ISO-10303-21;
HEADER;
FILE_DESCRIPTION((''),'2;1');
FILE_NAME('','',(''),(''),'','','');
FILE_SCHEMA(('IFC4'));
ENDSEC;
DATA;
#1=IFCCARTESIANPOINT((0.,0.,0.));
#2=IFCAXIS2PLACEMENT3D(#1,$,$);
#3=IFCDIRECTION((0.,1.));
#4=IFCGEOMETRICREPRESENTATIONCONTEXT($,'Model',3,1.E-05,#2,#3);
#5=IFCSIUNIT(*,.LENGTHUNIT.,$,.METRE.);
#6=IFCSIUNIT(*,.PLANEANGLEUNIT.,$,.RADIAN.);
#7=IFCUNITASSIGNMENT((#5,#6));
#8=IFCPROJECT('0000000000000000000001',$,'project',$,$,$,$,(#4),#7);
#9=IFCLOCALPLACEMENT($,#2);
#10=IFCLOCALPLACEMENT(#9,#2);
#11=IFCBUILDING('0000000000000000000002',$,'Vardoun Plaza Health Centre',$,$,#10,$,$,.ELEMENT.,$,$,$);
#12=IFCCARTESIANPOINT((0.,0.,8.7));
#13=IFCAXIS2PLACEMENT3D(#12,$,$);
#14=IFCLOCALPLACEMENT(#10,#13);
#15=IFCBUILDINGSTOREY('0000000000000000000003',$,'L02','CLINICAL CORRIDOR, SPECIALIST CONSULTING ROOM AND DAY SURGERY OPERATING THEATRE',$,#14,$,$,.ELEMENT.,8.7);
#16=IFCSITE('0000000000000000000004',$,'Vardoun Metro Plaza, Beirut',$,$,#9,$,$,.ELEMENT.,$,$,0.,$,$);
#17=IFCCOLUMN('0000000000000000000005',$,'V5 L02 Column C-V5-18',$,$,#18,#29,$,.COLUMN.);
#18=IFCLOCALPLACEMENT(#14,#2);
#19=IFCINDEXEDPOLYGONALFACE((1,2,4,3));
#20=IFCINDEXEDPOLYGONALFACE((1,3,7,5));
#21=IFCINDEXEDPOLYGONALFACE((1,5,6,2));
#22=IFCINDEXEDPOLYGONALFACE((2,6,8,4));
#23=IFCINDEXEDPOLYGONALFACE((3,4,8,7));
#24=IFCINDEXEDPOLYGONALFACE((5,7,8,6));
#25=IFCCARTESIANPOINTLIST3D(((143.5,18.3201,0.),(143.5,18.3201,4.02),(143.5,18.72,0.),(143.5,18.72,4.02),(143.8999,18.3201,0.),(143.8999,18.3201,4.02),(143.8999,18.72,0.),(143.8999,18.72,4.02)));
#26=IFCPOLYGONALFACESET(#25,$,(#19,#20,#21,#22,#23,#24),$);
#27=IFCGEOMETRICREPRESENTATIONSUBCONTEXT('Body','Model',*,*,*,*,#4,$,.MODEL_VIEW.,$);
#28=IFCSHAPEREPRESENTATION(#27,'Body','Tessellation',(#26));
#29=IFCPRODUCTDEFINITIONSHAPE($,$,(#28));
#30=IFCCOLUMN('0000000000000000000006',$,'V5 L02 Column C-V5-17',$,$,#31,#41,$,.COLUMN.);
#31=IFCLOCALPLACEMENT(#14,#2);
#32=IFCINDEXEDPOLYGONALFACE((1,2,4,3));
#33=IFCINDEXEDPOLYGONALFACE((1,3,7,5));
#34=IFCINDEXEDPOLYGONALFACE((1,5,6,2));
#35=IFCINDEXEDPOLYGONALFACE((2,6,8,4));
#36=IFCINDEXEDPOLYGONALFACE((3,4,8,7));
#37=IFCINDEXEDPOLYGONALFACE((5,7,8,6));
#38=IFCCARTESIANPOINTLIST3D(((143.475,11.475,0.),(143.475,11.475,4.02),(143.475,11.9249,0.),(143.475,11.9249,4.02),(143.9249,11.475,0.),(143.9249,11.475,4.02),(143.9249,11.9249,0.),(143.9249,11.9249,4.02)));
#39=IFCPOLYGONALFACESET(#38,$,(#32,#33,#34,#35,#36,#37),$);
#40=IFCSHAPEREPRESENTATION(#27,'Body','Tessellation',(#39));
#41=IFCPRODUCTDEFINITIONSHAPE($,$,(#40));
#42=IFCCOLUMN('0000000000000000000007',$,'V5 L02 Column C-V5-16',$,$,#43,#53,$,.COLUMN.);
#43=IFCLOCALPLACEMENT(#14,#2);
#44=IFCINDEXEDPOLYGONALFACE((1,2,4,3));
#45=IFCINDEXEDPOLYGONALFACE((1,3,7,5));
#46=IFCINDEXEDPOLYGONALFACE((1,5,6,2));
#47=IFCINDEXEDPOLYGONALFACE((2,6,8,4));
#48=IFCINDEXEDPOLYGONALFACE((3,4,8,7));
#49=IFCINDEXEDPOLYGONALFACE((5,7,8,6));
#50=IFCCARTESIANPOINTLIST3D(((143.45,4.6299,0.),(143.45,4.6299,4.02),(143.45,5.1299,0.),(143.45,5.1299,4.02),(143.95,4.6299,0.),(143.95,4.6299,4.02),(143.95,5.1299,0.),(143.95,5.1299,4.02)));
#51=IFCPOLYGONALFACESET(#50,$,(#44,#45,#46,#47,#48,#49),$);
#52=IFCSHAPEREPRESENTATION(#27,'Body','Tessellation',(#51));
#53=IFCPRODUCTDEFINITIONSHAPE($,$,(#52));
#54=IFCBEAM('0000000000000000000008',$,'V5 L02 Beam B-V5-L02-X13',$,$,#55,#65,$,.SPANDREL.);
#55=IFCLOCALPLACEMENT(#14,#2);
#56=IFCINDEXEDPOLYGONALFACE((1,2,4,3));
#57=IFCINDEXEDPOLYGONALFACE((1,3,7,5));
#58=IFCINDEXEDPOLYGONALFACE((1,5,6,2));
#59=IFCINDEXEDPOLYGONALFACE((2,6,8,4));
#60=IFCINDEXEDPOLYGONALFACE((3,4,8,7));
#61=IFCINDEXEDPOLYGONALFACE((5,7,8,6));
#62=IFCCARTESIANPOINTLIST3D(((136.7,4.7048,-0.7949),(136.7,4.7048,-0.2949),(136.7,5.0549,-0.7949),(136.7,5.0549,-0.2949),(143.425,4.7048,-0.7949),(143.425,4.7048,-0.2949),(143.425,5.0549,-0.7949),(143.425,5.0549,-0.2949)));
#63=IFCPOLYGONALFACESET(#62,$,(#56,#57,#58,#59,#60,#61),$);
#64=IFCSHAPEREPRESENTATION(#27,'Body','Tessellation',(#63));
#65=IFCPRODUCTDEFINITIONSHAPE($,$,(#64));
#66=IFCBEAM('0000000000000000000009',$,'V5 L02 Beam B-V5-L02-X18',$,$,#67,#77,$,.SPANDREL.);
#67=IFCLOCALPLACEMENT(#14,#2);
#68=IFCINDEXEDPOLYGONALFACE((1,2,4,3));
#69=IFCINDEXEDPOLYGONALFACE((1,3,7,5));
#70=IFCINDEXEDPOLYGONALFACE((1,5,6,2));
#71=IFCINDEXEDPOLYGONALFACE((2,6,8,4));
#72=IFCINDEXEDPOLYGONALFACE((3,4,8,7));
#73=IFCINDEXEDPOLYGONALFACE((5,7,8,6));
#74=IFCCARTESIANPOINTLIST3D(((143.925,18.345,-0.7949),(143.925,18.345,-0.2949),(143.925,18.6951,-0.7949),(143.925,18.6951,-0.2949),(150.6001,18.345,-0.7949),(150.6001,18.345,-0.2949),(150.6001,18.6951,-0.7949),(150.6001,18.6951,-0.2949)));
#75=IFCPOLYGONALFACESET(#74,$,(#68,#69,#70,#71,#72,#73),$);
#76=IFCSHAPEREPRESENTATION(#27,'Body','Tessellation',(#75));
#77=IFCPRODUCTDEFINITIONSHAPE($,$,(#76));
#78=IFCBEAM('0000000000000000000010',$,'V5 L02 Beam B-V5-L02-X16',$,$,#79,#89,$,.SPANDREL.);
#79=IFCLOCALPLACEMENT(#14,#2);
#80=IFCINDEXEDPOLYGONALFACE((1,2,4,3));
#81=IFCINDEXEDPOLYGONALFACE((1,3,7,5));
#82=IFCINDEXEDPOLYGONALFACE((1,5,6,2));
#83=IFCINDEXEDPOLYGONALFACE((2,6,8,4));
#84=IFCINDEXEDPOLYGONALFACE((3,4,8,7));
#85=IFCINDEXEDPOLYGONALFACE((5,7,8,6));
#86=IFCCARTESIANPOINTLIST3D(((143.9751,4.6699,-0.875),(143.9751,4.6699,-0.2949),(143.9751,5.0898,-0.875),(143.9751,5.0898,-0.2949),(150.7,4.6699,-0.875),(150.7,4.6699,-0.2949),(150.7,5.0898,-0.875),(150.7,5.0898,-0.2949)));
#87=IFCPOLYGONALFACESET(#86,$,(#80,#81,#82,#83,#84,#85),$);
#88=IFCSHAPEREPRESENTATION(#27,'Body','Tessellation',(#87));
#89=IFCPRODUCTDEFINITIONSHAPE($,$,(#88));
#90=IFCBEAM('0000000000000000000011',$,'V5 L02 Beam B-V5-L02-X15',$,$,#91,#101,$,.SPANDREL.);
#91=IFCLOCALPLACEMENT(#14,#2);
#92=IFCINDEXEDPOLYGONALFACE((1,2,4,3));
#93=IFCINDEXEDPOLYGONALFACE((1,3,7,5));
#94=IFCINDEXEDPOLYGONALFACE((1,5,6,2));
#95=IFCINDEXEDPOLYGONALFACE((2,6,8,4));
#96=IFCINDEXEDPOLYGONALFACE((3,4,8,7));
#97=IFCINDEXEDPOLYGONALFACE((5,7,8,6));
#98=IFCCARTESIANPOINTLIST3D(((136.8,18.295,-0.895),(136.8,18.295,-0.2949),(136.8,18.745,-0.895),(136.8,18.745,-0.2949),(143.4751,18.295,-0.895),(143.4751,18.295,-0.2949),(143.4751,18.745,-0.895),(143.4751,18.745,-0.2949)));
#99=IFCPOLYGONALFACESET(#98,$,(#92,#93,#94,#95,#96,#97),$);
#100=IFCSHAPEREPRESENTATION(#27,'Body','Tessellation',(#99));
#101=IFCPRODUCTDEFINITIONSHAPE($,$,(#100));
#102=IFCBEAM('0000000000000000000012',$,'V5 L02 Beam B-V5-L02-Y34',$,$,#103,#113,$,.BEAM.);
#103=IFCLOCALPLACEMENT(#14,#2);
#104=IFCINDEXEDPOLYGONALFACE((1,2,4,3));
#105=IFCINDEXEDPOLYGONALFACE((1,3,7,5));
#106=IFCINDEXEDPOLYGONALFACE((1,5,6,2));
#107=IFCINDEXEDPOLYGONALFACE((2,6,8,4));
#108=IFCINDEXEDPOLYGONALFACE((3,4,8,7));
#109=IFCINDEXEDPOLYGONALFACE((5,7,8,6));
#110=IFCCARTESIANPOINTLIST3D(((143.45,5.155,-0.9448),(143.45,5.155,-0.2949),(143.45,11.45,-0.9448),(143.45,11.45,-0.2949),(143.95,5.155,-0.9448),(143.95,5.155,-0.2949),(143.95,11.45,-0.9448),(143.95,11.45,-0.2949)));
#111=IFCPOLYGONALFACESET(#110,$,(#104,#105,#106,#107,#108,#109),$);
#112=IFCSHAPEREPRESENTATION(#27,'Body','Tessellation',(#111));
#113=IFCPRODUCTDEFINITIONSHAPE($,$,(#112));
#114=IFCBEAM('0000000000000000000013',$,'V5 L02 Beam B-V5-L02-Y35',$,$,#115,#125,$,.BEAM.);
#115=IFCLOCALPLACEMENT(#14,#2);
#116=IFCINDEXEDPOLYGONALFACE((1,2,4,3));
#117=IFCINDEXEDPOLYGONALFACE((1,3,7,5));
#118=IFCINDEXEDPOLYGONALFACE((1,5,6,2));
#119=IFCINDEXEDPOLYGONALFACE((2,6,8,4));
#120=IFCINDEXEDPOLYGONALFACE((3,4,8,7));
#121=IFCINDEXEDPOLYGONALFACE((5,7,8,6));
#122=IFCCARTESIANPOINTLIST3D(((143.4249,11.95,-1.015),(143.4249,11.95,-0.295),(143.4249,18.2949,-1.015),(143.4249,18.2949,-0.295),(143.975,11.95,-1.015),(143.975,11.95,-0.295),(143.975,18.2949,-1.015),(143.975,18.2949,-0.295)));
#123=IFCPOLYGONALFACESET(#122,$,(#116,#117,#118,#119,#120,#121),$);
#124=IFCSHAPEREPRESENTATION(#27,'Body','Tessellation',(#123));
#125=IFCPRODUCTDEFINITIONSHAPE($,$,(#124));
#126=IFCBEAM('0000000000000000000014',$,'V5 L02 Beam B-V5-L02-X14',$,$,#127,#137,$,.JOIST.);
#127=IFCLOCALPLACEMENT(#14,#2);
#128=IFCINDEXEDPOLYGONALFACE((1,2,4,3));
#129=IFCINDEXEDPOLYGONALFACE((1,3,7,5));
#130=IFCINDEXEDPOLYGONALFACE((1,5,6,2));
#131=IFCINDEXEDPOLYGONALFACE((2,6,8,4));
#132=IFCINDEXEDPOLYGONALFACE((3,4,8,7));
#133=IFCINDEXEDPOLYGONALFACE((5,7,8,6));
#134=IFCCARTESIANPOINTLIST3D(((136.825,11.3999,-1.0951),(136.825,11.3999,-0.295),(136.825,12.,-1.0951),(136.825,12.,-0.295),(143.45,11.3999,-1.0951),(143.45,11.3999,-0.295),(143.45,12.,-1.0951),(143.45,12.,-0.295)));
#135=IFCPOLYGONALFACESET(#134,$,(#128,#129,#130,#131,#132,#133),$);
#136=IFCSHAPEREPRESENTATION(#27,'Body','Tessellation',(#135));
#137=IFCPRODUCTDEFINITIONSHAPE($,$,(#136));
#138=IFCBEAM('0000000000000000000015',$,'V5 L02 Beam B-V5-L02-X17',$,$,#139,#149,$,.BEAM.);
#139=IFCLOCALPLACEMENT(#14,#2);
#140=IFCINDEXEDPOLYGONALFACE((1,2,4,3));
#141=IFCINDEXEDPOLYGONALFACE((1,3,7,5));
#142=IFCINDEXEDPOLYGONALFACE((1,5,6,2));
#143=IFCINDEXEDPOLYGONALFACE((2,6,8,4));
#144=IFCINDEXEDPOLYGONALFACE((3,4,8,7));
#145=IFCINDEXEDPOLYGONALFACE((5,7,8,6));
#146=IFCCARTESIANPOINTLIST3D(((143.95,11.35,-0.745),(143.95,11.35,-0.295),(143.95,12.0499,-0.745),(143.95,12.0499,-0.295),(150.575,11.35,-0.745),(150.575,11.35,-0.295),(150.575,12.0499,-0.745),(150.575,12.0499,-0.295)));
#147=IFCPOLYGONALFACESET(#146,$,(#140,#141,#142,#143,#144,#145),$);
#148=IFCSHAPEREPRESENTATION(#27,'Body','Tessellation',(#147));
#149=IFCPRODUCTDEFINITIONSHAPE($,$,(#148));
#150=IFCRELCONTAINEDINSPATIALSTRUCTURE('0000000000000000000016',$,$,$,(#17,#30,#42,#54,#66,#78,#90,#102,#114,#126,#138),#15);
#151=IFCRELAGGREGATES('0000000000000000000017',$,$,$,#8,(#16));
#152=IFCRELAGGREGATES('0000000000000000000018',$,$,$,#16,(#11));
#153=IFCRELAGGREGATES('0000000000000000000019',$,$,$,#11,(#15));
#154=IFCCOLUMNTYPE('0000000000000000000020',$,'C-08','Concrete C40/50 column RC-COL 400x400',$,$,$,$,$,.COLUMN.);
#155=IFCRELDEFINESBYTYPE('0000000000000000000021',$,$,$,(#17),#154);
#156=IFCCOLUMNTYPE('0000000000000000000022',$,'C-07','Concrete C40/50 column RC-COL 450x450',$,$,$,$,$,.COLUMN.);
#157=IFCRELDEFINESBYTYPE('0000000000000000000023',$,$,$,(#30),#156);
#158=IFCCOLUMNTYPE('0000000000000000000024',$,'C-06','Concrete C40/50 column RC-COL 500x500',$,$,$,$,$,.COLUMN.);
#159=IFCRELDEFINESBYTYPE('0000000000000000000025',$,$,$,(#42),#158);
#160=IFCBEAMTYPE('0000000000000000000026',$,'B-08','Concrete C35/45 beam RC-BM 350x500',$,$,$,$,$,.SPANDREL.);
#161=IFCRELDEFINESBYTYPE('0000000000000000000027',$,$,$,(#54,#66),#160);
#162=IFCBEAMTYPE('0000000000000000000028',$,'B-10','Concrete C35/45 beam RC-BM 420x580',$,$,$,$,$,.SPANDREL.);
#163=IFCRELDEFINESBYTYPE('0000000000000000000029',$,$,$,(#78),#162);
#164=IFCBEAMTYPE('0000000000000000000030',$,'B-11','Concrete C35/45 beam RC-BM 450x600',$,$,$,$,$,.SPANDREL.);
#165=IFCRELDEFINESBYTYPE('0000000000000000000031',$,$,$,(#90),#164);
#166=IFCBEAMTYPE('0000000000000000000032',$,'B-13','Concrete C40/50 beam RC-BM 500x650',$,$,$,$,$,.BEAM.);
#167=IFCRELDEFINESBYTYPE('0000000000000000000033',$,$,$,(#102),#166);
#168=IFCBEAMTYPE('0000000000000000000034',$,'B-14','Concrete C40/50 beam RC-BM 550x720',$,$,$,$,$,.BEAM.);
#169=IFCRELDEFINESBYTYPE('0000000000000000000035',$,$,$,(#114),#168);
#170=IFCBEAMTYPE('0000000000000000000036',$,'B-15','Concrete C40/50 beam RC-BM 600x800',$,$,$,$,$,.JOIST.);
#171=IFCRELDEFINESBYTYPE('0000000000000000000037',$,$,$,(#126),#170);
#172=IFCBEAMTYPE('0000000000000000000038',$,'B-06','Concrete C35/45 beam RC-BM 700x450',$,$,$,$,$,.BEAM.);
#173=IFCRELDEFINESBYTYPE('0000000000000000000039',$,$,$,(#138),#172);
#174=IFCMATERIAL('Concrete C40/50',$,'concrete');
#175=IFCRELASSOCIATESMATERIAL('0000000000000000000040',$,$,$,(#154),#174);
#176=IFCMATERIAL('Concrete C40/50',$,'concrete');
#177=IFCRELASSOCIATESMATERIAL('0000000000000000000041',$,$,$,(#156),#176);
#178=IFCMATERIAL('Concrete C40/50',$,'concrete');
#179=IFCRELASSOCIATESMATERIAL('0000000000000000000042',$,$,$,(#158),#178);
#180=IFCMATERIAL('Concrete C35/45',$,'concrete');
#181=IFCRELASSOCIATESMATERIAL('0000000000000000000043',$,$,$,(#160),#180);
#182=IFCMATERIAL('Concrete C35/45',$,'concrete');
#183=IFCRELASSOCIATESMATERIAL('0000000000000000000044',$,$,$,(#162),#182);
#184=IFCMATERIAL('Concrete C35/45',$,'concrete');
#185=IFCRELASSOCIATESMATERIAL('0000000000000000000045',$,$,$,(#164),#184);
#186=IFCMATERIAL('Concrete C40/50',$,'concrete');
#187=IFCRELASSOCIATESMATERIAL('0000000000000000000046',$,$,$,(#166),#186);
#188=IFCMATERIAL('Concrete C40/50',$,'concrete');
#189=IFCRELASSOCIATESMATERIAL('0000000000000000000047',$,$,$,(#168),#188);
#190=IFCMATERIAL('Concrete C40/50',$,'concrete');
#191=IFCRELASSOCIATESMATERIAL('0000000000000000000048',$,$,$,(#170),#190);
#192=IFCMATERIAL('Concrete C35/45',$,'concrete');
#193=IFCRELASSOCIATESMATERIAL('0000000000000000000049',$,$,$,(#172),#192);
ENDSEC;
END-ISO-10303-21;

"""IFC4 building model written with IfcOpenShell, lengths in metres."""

from ifc_helpers import new_model, si_unit, direction, frame, origin, origin_2d, place, context, subcontext, project, spatial, rectangle, extrude, material, material_profile, profile_set, type_object, element, save


model = new_model("IFC4")

# Units and contexts
model_context = context("Model", 3, precision=1e-05, world=origin(), true_north=direction((0.0, 1.0)))
body_context = subcontext(model_context, "Body", "Model", "MODEL_VIEW")
ifc_project = project(units=[si_unit("LENGTHUNIT", "METRE"), si_unit("PLANEANGLEUNIT", "RADIAN")], contexts=[model_context])

# Site, building, storey
site_placement = place(None, origin())
site = spatial("IfcSite", under=ifc_project, at=site_placement, Name="Vardoun Metro Plaza, Beirut", CompositionType="ELEMENT", RefElevation=0.0)
building_placement = place(site_placement, origin())
building = spatial("IfcBuilding", under=site, at=building_placement, Name="Vardoun Plaza Health Centre", CompositionType="ELEMENT")
storey_placement = place(building_placement, frame((0.0, 0.0, 8.7)))
storey = spatial("IfcBuildingStorey", under=building, at=storey_placement, Name="L02", Description="CLINICAL CORRIDOR, SPECIALIST CONSULTING ROOM AND DAY SURGERY OPERATING THEATRE", CompositionType="ELEMENT", Elevation=8.7)

# Columns
ifc_material_1 = material(Name="Concrete C40/50", Category="concrete")
ifc_material_profile_1 = material_profile(ifc_material_1, rectangle(XDim=0.3999, YDim=0.3999, at=origin_2d()), Name="RC-COL 400x400")
ifc_profile_set_1 = profile_set([ifc_material_profile_1], Name="Concrete C40/50")
column_type_1 = type_object("IfcColumnType", Name="C-08", Description="Concrete C40/50 column RC-COL 400x400", PredefinedType="COLUMN", material=ifc_profile_set_1)
column_1_placement = place(storey_placement, frame((143.7, 18.52, 0.0), z_axis=(0.0, 0.0, 1.0), x_axis=(1.0, 0.0, 0.0)))
element("IfcColumn", 1, at=column_1_placement, inside=storey, type_object=column_type_1, Name="V5 L02 Column C-V5-18", PredefinedType="COLUMN", context=body_context, shape_type="SweptSolid", body=[
    extrude(rectangle(XDim=0.3999, YDim=0.3999, at=origin_2d()), origin(), (0.0, 0.0, 1.0), 4.02),
])
ifc_material_2 = material(Name="Concrete C40/50", Category="concrete")
ifc_material_profile_2 = material_profile(ifc_material_2, rectangle(XDim=0.45, YDim=0.45, at=origin_2d()), Name="RC-COL 450x450")
ifc_profile_set_2 = profile_set([ifc_material_profile_2], Name="Concrete C40/50")
column_type_2 = type_object("IfcColumnType", Name="C-07", Description="Concrete C40/50 column RC-COL 450x450", PredefinedType="COLUMN", material=ifc_profile_set_2)
column_2_placement = place(storey_placement, frame((143.7, 11.7, 0.0), z_axis=(0.0, 0.0, 1.0), x_axis=(1.0, 0.0, 0.0)))
element("IfcColumn", 2, at=column_2_placement, inside=storey, type_object=column_type_2, Name="V5 L02 Column C-V5-17", PredefinedType="COLUMN", context=body_context, shape_type="SweptSolid", body=[
    extrude(rectangle(XDim=0.45, YDim=0.45, at=origin_2d()), origin(), (0.0, 0.0, 1.0), 4.02),
])
ifc_material_3 = material(Name="Concrete C40/50", Category="concrete")
ifc_material_profile_3 = material_profile(ifc_material_3, rectangle(XDim=0.5, YDim=0.5, at=origin_2d()), Name="RC-COL 500x500")
ifc_profile_set_3 = profile_set([ifc_material_profile_3], Name="Concrete C40/50")
column_type_3 = type_object("IfcColumnType", Name="C-06", Description="Concrete C40/50 column RC-COL 500x500", PredefinedType="COLUMN", material=ifc_profile_set_3)
column_3_placement = place(storey_placement, frame((143.7, 4.8799, 0.0), z_axis=(0.0, 0.0, 1.0), x_axis=(1.0, 0.0, 0.0)))
element("IfcColumn", 3, at=column_3_placement, inside=storey, type_object=column_type_3, Name="V5 L02 Column C-V5-16", PredefinedType="COLUMN", context=body_context, shape_type="SweptSolid", body=[
    extrude(rectangle(XDim=0.5, YDim=0.5, at=origin_2d()), origin(), (0.0, 0.0, 1.0), 4.02),
])

# Beams
ifc_material_4 = material(Name="Concrete C35/45", Category="concrete")
ifc_material_profile_4 = material_profile(ifc_material_4, rectangle(XDim=0.3501, YDim=0.5, at=origin_2d()), Name="RC-BM 350x500")
ifc_profile_set_4 = profile_set([ifc_material_profile_4], Name="Concrete C35/45")
beam_type_1 = type_object("IfcBeamType", Name="B-08", Description="Concrete C35/45 beam RC-BM 350x500", PredefinedType="SPANDREL", material=ifc_profile_set_4)
beam_1_placement = place(storey_placement, frame((136.7, 4.8799, -0.5449), z_axis=(1.0, 0.0, 0.0), x_axis=(0.0, 1.0, 0.0)))
element("IfcBeam", 4, at=beam_1_placement, inside=storey, type_object=beam_type_1, Name="V5 L02 Beam B-V5-L02-X13", PredefinedType="SPANDREL", context=body_context, shape_type="SweptSolid", body=[
    extrude(rectangle(XDim=0.3501, YDim=0.5, at=origin_2d()), origin(), (0.0, 0.0, 1.0), 6.7251),
])
beam_2_placement = place(storey_placement, frame((143.925, 18.52, -0.5449), z_axis=(1.0, 0.0, 0.0), x_axis=(0.0, 1.0, 0.0)))
element("IfcBeam", 5, at=beam_2_placement, inside=storey, type_object=beam_type_1, Name="V5 L02 Beam B-V5-L02-X18", PredefinedType="SPANDREL", context=body_context, shape_type="SweptSolid", body=[
    extrude(rectangle(XDim=0.3501, YDim=0.5, at=origin_2d()), origin(), (0.0, 0.0, 1.0), 6.675),
])
ifc_material_5 = material(Name="Concrete C35/45", Category="concrete")
ifc_material_profile_5 = material_profile(ifc_material_5, rectangle(XDim=0.4199, YDim=0.5801, at=origin_2d()), Name="RC-BM 420x580")
ifc_profile_set_5 = profile_set([ifc_material_profile_5], Name="Concrete C35/45")
beam_type_2 = type_object("IfcBeamType", Name="B-10", Description="Concrete C35/45 beam RC-BM 420x580", PredefinedType="SPANDREL", material=ifc_profile_set_5)
beam_3_placement = place(storey_placement, frame((143.9751, 4.8799, -0.585), z_axis=(1.0, 0.0, 0.0), x_axis=(0.0, 1.0, 0.0)))
element("IfcBeam", 6, at=beam_3_placement, inside=storey, type_object=beam_type_2, Name="V5 L02 Beam B-V5-L02-X16", PredefinedType="SPANDREL", context=body_context, shape_type="SweptSolid", body=[
    extrude(rectangle(XDim=0.4199, YDim=0.5801, at=origin_2d()), origin(), (0.0, 0.0, 1.0), 6.7249),
])
ifc_material_6 = material(Name="Concrete C35/45", Category="concrete")
ifc_material_profile_6 = material_profile(ifc_material_6, rectangle(XDim=0.45, YDim=0.6001, at=origin_2d()), Name="RC-BM 450x600")
ifc_profile_set_6 = profile_set([ifc_material_profile_6], Name="Concrete C35/45")
beam_type_3 = type_object("IfcBeamType", Name="B-11", Description="Concrete C35/45 beam RC-BM 450x600", PredefinedType="SPANDREL", material=ifc_profile_set_6)
beam_4_placement = place(storey_placement, frame((136.8, 18.52, -0.595), z_axis=(1.0, 0.0, 0.0), x_axis=(0.0, 1.0, 0.0)))
element("IfcBeam", 7, at=beam_4_placement, inside=storey, type_object=beam_type_3, Name="V5 L02 Beam B-V5-L02-X15", PredefinedType="SPANDREL", context=body_context, shape_type="SweptSolid", body=[
    extrude(rectangle(XDim=0.45, YDim=0.6001, at=origin_2d()), origin(), (0.0, 0.0, 1.0), 6.675),
])
ifc_material_7 = material(Name="Concrete C40/50", Category="concrete")
ifc_material_profile_7 = material_profile(ifc_material_7, rectangle(XDim=0.5, YDim=0.6499, at=origin_2d()), Name="RC-BM 500x650")
ifc_profile_set_7 = profile_set([ifc_material_profile_7], Name="Concrete C40/50")
beam_type_4 = type_object("IfcBeamType", Name="B-13", Description="Concrete C40/50 beam RC-BM 500x650", PredefinedType="BEAM", material=ifc_profile_set_7)
beam_5_placement = place(storey_placement, frame((143.7, 5.155, -0.6199), z_axis=(0.0, 1.0, 0.0), x_axis=(-1.0, 0.0, 0.0)))
element("IfcBeam", 8, at=beam_5_placement, inside=storey, type_object=beam_type_4, Name="V5 L02 Beam B-V5-L02-Y34", PredefinedType="BEAM", context=body_context, shape_type="SweptSolid", body=[
    extrude(rectangle(XDim=0.5, YDim=0.6499, at=origin_2d()), origin(), (0.0, 0.0, 1.0), 6.2949),
])
ifc_material_8 = material(Name="Concrete C40/50", Category="concrete")
ifc_material_profile_8 = material_profile(ifc_material_8, rectangle(XDim=0.55, YDim=0.72, at=origin_2d()), Name="RC-BM 550x720")
ifc_profile_set_8 = profile_set([ifc_material_profile_8], Name="Concrete C40/50")
beam_type_5 = type_object("IfcBeamType", Name="B-14", Description="Concrete C40/50 beam RC-BM 550x720", PredefinedType="BEAM", material=ifc_profile_set_8)
beam_6_placement = place(storey_placement, frame((143.7, 11.95, -0.655), z_axis=(0.0, 1.0, 0.0), x_axis=(-1.0, 0.0, 0.0)))
element("IfcBeam", 9, at=beam_6_placement, inside=storey, type_object=beam_type_5, Name="V5 L02 Beam B-V5-L02-Y35", PredefinedType="BEAM", context=body_context, shape_type="SweptSolid", body=[
    extrude(rectangle(XDim=0.55, YDim=0.72, at=origin_2d()), origin(), (0.0, 0.0, 1.0), 6.345),
])
ifc_material_9 = material(Name="Concrete C40/50", Category="concrete")
ifc_material_profile_9 = material_profile(ifc_material_9, rectangle(XDim=0.6001, YDim=0.8, at=origin_2d()), Name="RC-BM 600x800")
ifc_profile_set_9 = profile_set([ifc_material_profile_9], Name="Concrete C40/50")
beam_type_6 = type_object("IfcBeamType", Name="B-15", Description="Concrete C40/50 beam RC-BM 600x800", PredefinedType="JOIST", material=ifc_profile_set_9)
beam_7_placement = place(storey_placement, frame((136.825, 11.7, -0.6951), z_axis=(1.0, 0.0, 0.0), x_axis=(0.0, 1.0, 0.0)))
element("IfcBeam", 10, at=beam_7_placement, inside=storey, type_object=beam_type_6, Name="V5 L02 Beam B-V5-L02-X14", PredefinedType="JOIST", context=body_context, shape_type="SweptSolid", body=[
    extrude(rectangle(XDim=0.6001, YDim=0.8, at=origin_2d()), origin(), (0.0, 0.0, 1.0), 6.625),
])
ifc_material_10 = material(Name="Concrete C35/45", Category="concrete")
ifc_material_profile_10 = material_profile(ifc_material_10, rectangle(XDim=0.7, YDim=0.45, at=origin_2d()), Name="RC-BM 700x450")
ifc_profile_set_10 = profile_set([ifc_material_profile_10], Name="Concrete C35/45")
beam_type_7 = type_object("IfcBeamType", Name="B-06", Description="Concrete C35/45 beam RC-BM 700x450", PredefinedType="BEAM", material=ifc_profile_set_10)
beam_8_placement = place(storey_placement, frame((143.95, 11.7, -0.52), z_axis=(1.0, 0.0, 0.0), x_axis=(0.0, 1.0, 0.0)))
element("IfcBeam", 11, at=beam_8_placement, inside=storey, type_object=beam_type_7, Name="V5 L02 Beam B-V5-L02-X17", PredefinedType="BEAM", context=body_context, shape_type="SweptSolid", body=[
    extrude(rectangle(XDim=0.7, YDim=0.45, at=origin_2d()), origin(), (0.0, 0.0, 1.0), 6.625),
])

save(model, "model.ifc")
